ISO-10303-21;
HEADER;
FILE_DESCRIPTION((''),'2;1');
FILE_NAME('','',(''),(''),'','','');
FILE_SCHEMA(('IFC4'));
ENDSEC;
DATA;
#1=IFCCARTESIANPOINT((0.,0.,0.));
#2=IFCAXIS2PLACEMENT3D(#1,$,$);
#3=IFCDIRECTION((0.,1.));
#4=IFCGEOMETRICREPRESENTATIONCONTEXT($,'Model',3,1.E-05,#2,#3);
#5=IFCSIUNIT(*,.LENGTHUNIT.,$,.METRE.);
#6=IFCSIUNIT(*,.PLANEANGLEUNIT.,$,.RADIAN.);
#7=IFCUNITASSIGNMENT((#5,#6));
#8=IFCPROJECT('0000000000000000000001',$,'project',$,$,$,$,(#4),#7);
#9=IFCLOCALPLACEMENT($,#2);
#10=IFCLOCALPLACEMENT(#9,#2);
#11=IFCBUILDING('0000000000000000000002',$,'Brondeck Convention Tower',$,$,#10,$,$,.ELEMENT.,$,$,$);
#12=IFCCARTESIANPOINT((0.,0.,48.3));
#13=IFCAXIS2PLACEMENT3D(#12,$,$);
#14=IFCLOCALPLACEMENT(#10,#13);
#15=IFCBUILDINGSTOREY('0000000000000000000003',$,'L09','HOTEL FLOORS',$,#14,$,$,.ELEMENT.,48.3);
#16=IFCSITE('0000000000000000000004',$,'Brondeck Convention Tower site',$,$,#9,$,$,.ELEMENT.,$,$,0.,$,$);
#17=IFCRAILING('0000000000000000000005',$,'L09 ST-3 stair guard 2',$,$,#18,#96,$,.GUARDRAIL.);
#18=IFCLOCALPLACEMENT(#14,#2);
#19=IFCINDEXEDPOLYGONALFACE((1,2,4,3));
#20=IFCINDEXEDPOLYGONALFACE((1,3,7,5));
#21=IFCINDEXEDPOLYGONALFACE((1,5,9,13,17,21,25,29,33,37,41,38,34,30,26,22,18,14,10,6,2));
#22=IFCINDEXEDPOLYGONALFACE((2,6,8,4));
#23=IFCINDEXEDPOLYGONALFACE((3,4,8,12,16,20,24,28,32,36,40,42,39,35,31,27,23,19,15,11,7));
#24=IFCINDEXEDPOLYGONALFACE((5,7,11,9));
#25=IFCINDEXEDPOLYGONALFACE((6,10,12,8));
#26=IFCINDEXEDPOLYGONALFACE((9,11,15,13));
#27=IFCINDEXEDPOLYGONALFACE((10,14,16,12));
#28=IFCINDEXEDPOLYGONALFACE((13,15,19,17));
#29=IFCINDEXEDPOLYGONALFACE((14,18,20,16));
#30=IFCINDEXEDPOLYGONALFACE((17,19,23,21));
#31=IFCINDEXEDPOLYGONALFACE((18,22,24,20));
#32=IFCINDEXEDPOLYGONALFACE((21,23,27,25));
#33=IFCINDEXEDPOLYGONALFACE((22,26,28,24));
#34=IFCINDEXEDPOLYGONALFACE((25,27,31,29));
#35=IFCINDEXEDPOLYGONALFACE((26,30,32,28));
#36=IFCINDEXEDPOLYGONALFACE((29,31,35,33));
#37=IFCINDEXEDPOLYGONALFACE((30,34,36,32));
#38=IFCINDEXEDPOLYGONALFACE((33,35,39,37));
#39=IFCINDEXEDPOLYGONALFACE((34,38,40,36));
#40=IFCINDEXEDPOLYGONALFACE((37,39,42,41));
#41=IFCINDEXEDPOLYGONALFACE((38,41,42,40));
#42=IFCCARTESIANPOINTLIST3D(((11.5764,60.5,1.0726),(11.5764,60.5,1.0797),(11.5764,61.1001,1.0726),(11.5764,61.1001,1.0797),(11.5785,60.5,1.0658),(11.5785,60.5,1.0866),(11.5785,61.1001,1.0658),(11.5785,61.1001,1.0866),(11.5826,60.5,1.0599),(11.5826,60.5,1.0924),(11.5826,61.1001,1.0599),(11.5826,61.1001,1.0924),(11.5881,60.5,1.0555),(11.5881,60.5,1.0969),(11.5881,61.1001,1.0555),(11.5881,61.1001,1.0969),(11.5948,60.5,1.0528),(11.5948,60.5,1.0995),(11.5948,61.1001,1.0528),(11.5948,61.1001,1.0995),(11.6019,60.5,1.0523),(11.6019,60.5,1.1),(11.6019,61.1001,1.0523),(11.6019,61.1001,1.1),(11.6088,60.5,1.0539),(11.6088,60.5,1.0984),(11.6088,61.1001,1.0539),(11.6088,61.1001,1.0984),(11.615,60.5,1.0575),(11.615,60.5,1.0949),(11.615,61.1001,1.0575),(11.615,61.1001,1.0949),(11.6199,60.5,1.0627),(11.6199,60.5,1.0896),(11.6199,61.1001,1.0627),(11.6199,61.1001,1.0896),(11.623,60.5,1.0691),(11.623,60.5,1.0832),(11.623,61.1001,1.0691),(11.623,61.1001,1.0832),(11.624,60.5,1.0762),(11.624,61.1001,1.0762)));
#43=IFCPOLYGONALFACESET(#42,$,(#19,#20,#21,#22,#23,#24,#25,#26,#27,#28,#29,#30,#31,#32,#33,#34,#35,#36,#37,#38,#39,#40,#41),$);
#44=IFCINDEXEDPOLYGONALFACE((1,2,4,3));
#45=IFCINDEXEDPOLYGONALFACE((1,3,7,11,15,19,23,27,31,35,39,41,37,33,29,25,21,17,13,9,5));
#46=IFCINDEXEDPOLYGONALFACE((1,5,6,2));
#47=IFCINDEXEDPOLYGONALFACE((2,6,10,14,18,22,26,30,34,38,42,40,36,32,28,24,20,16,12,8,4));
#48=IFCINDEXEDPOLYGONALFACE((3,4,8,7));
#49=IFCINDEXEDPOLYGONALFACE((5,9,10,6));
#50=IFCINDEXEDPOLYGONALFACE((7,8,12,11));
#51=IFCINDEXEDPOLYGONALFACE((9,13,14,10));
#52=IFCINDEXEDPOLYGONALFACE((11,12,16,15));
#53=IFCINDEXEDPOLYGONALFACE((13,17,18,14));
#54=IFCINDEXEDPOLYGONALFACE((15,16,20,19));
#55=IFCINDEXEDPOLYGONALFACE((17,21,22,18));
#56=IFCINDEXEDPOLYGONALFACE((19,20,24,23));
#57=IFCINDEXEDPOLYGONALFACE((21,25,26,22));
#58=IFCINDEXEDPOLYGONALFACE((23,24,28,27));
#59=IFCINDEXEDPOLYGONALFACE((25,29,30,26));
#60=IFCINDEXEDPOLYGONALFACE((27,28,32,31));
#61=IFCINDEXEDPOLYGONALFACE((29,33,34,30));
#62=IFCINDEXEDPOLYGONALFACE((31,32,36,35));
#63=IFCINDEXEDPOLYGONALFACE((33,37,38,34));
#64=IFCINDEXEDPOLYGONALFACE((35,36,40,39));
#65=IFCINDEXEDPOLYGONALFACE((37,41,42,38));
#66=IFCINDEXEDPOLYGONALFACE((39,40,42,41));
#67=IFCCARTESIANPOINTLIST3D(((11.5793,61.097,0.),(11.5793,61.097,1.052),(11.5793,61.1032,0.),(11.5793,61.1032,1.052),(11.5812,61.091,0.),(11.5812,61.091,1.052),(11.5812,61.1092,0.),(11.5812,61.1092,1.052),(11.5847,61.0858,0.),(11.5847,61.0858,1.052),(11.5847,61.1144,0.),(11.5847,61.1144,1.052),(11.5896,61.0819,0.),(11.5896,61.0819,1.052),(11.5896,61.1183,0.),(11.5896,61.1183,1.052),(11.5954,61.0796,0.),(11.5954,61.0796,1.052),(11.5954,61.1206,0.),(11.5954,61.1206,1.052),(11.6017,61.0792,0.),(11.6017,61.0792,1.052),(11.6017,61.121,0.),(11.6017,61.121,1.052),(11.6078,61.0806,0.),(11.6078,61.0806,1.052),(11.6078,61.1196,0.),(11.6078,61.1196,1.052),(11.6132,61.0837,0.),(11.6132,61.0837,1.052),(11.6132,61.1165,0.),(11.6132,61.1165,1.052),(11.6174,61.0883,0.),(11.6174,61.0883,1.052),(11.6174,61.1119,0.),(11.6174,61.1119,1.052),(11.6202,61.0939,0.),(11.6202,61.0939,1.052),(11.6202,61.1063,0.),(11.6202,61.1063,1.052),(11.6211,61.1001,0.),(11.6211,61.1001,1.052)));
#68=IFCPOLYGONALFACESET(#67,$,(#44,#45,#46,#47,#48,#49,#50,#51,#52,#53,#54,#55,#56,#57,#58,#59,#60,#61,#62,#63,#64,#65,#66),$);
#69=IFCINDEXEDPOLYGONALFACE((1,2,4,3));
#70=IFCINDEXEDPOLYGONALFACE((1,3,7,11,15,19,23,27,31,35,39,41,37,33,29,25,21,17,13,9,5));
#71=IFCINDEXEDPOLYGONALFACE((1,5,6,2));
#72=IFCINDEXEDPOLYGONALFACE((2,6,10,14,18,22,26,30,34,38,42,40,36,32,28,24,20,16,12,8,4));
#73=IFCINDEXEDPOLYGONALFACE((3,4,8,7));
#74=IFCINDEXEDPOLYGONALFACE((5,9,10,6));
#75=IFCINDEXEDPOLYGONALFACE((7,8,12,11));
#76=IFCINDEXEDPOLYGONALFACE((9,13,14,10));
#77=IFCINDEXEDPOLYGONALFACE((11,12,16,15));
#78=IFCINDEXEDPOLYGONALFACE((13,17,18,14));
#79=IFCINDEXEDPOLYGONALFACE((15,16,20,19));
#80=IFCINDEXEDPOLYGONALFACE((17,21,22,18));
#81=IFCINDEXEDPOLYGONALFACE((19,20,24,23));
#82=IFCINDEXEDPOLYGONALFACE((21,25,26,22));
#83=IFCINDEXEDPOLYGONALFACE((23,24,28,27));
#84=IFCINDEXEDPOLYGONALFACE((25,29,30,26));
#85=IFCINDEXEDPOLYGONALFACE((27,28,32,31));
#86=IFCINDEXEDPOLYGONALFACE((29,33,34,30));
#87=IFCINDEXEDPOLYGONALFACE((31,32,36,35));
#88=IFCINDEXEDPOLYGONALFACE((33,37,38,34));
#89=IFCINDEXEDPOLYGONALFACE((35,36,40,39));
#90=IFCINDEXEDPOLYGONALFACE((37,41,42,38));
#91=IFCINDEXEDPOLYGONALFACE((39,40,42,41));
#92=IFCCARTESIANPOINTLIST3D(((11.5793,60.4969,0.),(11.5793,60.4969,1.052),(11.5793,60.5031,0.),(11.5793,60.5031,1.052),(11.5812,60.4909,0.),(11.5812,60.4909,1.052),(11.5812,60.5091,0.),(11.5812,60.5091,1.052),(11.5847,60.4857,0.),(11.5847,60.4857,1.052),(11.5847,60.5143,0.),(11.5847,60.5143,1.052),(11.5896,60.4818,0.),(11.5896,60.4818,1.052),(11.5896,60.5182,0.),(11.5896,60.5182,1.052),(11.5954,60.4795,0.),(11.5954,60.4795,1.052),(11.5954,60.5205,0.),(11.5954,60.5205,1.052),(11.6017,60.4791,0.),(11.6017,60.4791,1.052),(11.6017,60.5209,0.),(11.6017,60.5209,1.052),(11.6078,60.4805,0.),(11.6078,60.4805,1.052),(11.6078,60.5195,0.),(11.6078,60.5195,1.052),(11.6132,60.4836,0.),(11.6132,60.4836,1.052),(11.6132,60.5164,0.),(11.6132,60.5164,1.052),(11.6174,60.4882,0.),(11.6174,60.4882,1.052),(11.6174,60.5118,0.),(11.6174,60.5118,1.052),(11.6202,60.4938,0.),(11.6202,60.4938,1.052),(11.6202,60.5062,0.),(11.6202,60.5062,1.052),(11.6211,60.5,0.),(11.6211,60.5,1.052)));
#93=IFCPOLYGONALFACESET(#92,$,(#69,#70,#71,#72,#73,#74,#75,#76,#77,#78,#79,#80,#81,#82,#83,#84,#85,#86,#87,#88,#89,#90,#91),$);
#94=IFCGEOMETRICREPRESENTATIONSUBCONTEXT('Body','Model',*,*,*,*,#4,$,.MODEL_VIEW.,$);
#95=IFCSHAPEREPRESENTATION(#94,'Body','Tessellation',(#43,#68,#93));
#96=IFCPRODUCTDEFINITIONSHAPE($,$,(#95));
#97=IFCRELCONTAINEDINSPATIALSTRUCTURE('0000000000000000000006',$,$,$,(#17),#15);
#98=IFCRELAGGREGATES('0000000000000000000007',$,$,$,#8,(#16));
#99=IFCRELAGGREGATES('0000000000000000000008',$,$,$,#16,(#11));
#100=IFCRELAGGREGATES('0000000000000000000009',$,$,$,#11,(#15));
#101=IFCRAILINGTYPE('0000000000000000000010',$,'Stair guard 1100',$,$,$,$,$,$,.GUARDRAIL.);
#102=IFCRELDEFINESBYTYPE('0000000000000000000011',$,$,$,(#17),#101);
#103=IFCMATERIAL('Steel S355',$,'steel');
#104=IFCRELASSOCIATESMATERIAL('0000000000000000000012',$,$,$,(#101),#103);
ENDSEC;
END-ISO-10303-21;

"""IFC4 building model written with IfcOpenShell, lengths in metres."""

from ifc_helpers import new_model, si_unit, direction, frame, origin, origin_2d, place, context, subcontext, project, spatial, circle, extrude, material, type_object, element, save


model = new_model("IFC4")

# Units and contexts
model_context = context("Model", 3, precision=1e-05, world=origin(), true_north=direction((0.0, 1.0)))
body_context = subcontext(model_context, "Body", "Model", "MODEL_VIEW")
ifc_project = project(units=[si_unit("LENGTHUNIT", "METRE"), si_unit("PLANEANGLEUNIT", "RADIAN")], contexts=[model_context])

# Site, building, storey
site_placement = place(None, origin())
site = spatial("IfcSite", under=ifc_project, at=site_placement, Name="Brondeck Convention Tower site", CompositionType="ELEMENT", RefElevation=0.0)
building_placement = place(site_placement, origin())
building = spatial("IfcBuilding", under=site, at=building_placement, Name="Brondeck Convention Tower", CompositionType="ELEMENT")
storey_placement = place(building_placement, frame((0.0, 0.0, 48.3)))
storey = spatial("IfcBuildingStorey", under=building, at=storey_placement, Name="L09", Description="HOTEL FLOORS", CompositionType="ELEMENT", Elevation=48.3)

# Railing
ifc_material_1 = material(Name="Steel S355", Category="steel")
railing_type_1 = type_object("IfcRailingType", Name="Stair guard 1100", PredefinedType="GUARDRAIL", material=ifc_material_1)
railing_1_placement = place(storey_placement, frame((11.6001, 61.1001, 0.0)))
element("IfcRailing", 1, at=railing_1_placement, inside=storey, type_object=railing_type_1, Name="L09 ST-3 stair guard 2", PredefinedType="GUARDRAIL", context=body_context, shape_type="SweptSolid", body=[
    extrude(circle(Radius=0.0239, at=origin_2d()), frame((0.0, 0.0, 1.0762), z_axis=(0.0, -1.0, 0.0), x_axis=(1.0, 0.0, 0.0)), (0.0, 0.0, 1.0), 0.6001),
    extrude(circle(Radius=0.021, at=origin_2d()), origin(), (0.0, 0.0, 1.0), 1.052),
    extrude(circle(Radius=0.021, at=origin_2d()), frame((0.0, -0.6001, 0.0)), (0.0, 0.0, 1.0), 1.052),
])

save(model, "model.ifc")
